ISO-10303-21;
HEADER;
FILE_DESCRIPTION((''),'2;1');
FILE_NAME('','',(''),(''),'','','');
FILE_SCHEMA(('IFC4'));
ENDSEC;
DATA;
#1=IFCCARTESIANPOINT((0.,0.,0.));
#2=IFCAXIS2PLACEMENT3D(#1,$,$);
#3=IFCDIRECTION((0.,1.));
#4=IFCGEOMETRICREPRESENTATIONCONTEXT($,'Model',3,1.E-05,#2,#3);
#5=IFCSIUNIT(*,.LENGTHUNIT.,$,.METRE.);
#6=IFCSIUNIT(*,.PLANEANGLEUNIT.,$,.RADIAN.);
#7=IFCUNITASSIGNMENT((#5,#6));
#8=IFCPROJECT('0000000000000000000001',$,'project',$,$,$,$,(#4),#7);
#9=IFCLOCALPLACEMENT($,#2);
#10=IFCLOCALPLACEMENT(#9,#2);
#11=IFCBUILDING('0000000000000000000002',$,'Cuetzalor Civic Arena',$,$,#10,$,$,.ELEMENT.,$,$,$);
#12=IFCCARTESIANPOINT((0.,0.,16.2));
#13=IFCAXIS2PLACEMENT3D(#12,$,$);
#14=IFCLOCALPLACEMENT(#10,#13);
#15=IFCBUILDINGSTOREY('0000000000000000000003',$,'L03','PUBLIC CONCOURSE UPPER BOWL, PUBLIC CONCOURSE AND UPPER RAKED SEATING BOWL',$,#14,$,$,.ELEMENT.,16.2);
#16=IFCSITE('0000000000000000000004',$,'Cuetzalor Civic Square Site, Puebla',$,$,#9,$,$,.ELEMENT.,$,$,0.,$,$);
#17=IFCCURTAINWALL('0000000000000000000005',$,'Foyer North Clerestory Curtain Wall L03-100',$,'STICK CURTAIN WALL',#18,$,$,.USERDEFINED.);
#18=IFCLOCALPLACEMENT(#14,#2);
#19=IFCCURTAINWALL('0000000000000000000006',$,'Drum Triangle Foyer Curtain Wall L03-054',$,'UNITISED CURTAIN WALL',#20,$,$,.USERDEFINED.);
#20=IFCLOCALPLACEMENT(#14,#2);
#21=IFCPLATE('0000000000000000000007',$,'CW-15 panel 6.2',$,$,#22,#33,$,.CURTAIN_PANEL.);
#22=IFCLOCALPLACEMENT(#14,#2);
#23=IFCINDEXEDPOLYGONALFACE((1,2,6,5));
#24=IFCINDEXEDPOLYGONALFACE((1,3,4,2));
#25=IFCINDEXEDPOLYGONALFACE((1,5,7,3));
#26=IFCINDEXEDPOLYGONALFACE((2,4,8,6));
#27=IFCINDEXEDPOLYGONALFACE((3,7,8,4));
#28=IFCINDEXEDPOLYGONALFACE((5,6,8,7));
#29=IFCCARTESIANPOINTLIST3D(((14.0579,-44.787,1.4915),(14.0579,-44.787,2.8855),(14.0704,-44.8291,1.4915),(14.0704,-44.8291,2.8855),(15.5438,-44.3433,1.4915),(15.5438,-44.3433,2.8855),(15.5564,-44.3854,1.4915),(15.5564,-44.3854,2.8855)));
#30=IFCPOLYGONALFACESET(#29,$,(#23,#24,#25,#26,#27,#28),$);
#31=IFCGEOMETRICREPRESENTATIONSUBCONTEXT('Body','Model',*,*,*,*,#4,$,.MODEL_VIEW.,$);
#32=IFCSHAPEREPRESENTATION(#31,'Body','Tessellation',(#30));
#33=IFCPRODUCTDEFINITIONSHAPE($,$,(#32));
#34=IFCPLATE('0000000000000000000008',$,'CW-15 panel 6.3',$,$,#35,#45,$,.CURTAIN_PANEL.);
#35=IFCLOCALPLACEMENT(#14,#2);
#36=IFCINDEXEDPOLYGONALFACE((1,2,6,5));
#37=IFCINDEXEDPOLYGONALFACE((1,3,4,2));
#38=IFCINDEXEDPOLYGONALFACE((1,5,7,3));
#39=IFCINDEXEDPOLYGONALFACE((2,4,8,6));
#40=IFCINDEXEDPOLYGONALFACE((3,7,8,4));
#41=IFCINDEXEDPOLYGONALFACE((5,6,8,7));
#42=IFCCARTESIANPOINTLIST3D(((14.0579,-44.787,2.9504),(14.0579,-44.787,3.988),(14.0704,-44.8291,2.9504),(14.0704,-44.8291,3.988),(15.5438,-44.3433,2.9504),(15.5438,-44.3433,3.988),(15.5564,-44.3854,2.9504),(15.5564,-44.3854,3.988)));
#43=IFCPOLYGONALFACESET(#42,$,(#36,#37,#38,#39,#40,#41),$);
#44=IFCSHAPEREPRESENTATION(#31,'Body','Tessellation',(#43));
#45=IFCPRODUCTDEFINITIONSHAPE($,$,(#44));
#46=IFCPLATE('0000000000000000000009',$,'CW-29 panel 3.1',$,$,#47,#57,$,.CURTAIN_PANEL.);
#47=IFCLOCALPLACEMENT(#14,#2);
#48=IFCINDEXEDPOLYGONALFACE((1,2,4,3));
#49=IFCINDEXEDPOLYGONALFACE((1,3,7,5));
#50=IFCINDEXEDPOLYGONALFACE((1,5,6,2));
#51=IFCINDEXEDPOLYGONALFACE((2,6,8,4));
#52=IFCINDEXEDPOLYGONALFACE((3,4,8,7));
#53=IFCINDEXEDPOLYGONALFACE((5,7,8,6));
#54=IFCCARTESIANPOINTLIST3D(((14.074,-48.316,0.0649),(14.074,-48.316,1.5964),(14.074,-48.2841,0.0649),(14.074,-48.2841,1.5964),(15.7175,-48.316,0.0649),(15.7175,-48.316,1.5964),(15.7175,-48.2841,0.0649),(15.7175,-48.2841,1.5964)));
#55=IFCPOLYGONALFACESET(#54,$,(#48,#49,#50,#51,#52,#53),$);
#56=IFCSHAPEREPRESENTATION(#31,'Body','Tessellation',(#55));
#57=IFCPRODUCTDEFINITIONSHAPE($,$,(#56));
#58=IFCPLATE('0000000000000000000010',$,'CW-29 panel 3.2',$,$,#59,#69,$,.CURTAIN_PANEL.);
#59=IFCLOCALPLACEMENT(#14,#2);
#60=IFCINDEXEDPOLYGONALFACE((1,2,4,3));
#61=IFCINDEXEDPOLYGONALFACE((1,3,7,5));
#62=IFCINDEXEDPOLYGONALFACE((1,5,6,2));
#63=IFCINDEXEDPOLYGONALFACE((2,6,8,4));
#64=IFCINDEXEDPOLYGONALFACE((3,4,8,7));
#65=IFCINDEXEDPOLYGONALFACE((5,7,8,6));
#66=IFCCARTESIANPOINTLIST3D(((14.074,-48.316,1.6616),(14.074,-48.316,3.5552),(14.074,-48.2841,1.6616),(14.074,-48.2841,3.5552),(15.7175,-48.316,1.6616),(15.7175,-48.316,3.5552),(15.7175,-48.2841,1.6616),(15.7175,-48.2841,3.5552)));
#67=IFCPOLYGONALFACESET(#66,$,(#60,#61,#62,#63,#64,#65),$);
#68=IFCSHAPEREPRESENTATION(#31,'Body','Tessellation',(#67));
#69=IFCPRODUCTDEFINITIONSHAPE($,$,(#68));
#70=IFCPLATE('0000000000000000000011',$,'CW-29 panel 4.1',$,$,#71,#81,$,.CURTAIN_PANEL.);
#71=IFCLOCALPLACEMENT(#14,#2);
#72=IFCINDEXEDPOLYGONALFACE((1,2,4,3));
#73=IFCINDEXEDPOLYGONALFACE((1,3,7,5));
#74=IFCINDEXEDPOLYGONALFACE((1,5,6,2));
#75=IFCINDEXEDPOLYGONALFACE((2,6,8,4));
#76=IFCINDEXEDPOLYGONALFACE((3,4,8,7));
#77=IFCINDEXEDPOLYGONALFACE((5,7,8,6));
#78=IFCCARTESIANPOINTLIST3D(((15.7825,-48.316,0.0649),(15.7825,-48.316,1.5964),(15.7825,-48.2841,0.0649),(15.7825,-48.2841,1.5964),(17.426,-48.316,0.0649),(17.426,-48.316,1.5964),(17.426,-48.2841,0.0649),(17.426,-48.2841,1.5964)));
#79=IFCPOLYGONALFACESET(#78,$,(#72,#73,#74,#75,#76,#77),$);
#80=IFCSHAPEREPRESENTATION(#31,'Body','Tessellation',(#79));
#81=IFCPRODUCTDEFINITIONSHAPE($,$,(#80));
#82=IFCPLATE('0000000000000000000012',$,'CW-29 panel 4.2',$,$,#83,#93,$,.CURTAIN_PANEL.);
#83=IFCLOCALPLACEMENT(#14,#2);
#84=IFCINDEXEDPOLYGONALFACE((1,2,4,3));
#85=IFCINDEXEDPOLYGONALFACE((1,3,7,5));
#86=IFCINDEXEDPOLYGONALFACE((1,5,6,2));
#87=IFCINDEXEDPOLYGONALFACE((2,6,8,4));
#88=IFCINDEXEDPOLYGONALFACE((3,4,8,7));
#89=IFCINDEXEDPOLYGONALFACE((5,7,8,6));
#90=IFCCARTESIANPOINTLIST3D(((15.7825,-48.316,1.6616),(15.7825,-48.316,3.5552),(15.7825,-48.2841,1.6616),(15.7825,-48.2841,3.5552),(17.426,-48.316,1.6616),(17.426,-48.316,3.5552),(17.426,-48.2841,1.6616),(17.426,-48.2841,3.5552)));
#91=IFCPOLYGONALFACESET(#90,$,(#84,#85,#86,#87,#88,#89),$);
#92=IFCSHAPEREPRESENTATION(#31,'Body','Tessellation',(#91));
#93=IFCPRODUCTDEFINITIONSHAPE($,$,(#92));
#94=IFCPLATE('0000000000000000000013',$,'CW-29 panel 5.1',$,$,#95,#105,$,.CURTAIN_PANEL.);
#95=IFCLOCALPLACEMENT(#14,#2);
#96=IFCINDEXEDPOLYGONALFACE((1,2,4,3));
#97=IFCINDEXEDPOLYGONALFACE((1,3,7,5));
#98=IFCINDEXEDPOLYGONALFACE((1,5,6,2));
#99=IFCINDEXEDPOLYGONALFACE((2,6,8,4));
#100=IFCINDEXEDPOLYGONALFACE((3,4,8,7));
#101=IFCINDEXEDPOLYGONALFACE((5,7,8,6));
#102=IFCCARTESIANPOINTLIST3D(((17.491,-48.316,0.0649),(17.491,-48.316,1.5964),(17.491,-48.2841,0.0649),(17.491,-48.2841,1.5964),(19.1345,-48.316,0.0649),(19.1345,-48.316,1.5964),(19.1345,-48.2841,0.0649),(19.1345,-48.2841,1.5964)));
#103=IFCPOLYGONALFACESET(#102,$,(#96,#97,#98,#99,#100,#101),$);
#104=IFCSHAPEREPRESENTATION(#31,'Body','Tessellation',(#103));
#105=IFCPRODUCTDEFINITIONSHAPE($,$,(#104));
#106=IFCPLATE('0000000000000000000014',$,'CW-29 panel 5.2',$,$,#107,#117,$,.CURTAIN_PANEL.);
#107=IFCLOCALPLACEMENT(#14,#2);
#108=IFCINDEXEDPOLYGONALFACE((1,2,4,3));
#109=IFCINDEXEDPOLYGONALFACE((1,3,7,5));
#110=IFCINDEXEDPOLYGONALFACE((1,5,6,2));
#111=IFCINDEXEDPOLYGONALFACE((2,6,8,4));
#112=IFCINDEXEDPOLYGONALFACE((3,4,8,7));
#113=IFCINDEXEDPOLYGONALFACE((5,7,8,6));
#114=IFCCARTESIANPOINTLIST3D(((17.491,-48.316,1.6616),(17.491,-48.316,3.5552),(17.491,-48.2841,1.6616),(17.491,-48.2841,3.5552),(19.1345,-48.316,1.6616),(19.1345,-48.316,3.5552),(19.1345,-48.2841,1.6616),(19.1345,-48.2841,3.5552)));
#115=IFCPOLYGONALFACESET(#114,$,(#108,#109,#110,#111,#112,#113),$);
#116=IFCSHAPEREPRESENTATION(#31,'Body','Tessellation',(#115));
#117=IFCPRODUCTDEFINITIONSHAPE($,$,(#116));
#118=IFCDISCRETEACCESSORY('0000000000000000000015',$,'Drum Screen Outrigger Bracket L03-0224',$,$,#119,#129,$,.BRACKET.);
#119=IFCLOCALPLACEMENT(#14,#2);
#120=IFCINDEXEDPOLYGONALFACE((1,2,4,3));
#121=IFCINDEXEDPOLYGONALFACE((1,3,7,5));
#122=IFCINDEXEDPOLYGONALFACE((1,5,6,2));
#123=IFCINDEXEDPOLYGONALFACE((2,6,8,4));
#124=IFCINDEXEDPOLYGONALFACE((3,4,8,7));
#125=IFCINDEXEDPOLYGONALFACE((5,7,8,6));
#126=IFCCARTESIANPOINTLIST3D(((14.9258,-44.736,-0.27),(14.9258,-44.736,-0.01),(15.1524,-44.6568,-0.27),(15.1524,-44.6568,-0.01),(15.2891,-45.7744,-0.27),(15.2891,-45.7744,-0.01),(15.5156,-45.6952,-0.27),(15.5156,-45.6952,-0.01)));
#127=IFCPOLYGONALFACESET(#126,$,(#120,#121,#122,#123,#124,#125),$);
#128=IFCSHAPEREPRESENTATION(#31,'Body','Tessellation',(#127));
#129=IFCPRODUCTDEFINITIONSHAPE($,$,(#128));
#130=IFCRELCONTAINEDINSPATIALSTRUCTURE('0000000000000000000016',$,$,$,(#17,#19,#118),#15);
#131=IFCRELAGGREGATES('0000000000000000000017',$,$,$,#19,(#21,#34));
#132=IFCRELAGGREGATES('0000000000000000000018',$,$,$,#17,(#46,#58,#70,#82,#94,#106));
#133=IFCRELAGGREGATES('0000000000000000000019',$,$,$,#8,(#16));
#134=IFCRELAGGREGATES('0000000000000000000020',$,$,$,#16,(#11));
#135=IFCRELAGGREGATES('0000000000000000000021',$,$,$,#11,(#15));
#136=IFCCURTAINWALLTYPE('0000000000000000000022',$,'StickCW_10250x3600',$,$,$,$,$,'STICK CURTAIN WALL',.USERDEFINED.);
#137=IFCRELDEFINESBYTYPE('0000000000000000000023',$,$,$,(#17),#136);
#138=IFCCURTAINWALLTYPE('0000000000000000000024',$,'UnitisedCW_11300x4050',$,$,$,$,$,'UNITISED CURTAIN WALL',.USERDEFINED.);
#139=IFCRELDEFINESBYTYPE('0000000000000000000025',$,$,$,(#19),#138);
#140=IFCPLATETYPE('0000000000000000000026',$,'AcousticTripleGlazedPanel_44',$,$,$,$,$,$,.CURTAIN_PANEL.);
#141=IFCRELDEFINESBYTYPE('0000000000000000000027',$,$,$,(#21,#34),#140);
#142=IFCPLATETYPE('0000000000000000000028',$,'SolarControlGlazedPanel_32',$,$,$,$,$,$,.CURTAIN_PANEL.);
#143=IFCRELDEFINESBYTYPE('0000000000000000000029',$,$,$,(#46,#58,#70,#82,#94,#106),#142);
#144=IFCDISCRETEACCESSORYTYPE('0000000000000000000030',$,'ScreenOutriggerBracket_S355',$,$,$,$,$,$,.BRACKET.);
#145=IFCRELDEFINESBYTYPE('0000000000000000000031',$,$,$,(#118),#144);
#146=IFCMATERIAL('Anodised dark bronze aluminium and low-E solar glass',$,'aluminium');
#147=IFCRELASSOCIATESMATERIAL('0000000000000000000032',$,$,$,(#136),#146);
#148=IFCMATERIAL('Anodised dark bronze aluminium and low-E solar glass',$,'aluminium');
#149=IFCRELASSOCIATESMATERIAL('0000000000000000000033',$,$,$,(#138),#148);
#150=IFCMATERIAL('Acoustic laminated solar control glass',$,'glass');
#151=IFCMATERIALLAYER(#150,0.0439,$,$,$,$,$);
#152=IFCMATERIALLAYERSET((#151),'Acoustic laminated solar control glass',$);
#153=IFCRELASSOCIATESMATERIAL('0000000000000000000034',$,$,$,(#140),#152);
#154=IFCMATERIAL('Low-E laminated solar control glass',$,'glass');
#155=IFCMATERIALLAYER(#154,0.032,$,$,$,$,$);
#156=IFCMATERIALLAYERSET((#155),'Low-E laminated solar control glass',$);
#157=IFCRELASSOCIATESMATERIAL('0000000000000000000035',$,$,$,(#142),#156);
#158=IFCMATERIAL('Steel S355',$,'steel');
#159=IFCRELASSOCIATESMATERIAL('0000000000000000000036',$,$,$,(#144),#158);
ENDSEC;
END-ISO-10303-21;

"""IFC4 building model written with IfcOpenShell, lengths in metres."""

from ifc_helpers import new_model, si_unit, direction, frame, origin, origin_2d, place, context, subcontext, project, spatial, rectangle, extrude, material, layer, layer_set, type_object, element, aggregate, save


model = new_model("IFC4")

# Units and contexts
model_context = context("Model", 3, precision=1e-05, world=origin(), true_north=direction((0.0, 1.0)))
body_context = subcontext(model_context, "Body", "Model", "MODEL_VIEW")
ifc_project = project(units=[si_unit("LENGTHUNIT", "METRE"), si_unit("PLANEANGLEUNIT", "RADIAN")], contexts=[model_context])

# Site, building, storey
site_placement = place(None, origin())
site = spatial("IfcSite", under=ifc_project, at=site_placement, Name="Cuetzalor Civic Square Site, Puebla", CompositionType="ELEMENT", RefElevation=0.0)
building_placement = place(site_placement, origin())
building = spatial("IfcBuilding", under=site, at=building_placement, Name="Cuetzalor Civic Arena", CompositionType="ELEMENT")
storey_placement = place(building_placement, frame((0.0, 0.0, 16.2)))
storey = spatial("IfcBuildingStorey", under=building, at=storey_placement, Name="L03", Description="PUBLIC CONCOURSE UPPER BOWL, PUBLIC CONCOURSE AND UPPER RAKED SEATING BOWL", CompositionType="ELEMENT", Elevation=16.2)

# Curtain walls
ifc_material_1 = material(Name="Anodised dark bronze aluminium and low-E solar glass", Category="aluminium")
curtain_wall_type_1 = type_object("IfcCurtainWallType", Name="StickCW_10250x3600", ElementType="STICK CURTAIN WALL", PredefinedType="USERDEFINED", material=ifc_material_1)
curtain_wall_1_placement = place(storey_placement, origin())
curtain_wall_1 = element("IfcCurtainWall", 1, at=curtain_wall_1_placement, inside=storey, type_object=curtain_wall_type_1, Name="Foyer North Clerestory Curtain Wall L03-100", ObjectType="STICK CURTAIN WALL", PredefinedType="USERDEFINED")
ifc_material_2 = material(Name="Anodised dark bronze aluminium and low-E solar glass", Category="aluminium")
curtain_wall_type_2 = type_object("IfcCurtainWallType", Name="UnitisedCW_11300x4050", ElementType="UNITISED CURTAIN WALL", PredefinedType="USERDEFINED", material=ifc_material_2)
curtain_wall_2_placement = place(storey_placement, origin())
curtain_wall_2 = element("IfcCurtainWall", 2, at=curtain_wall_2_placement, inside=storey, type_object=curtain_wall_type_2, Name="Drum Triangle Foyer Curtain Wall L03-054", ObjectType="UNITISED CURTAIN WALL", PredefinedType="USERDEFINED")

# Plates
ifc_material_3 = material(Name="Acoustic laminated solar control glass", Category="glass")
ifc_layer_1 = layer(ifc_material_3, 0.0439)
ifc_layer_set_1 = layer_set([ifc_layer_1], Name="Acoustic laminated solar control glass")
plate_type_1 = type_object("IfcPlateType", Name="AcousticTripleGlazedPanel_44", PredefinedType="CURTAIN_PANEL", material=ifc_layer_set_1)
plate_1_placement = place(storey_placement, frame((14.8071, -44.5862, 1.4915), z_axis=(0.0, 0.0, 1.0), x_axis=(-0.958194, -0.28612, 0.0)))
plate_1 = element("IfcPlate", 3, at=plate_1_placement, type_object=plate_type_1, Name="CW-15 panel 6.2", PredefinedType="CURTAIN_PANEL", context=body_context, shape_type="SweptSolid", body=[
    extrude(rectangle(XDim=1.5508, YDim=0.0439, at=origin_2d()), origin(), (0.0, 0.0, 1.0), 1.394),
])
plate_2_placement = place(storey_placement, frame((14.8071, -44.5862, 2.9504), z_axis=(0.0, 0.0, 1.0), x_axis=(-0.958194, -0.28612, 0.0)))
plate_2 = element("IfcPlate", 4, at=plate_2_placement, type_object=plate_type_1, Name="CW-15 panel 6.3", PredefinedType="CURTAIN_PANEL", context=body_context, shape_type="SweptSolid", body=[
    extrude(rectangle(XDim=1.5508, YDim=0.0439, at=origin_2d()), origin(), (0.0, 0.0, 1.0), 1.0376),
])
aggregate(curtain_wall_2, [plate_1, plate_2])
ifc_material_4 = material(Name="Low-E laminated solar control glass", Category="glass")
ifc_layer_2 = layer(ifc_material_4, 0.032)
ifc_layer_set_2 = layer_set([ifc_layer_2], Name="Low-E laminated solar control glass")
plate_type_2 = type_object("IfcPlateType", Name="SolarControlGlazedPanel_32", PredefinedType="CURTAIN_PANEL", material=ifc_layer_set_2)
plate_3_placement = place(storey_placement, frame((14.8958, -48.3, 0.0649), z_axis=(0.0, 0.0, 1.0), x_axis=(1.0, 0.0, 0.0)))
plate_3 = element("IfcPlate", 5, at=plate_3_placement, type_object=plate_type_2, Name="CW-29 panel 3.1", PredefinedType="CURTAIN_PANEL", context=body_context, shape_type="SweptSolid", body=[
    extrude(rectangle(XDim=1.6436, YDim=0.032, at=origin_2d()), origin(), (0.0, 0.0, 1.0), 1.5315),
])
plate_4_placement = place(storey_placement, frame((14.8958, -48.3, 1.6616), z_axis=(0.0, 0.0, 1.0), x_axis=(1.0, 0.0, 0.0)))
plate_4 = element("IfcPlate", 6, at=plate_4_placement, type_object=plate_type_2, Name="CW-29 panel 3.2", PredefinedType="CURTAIN_PANEL", context=body_context, shape_type="SweptSolid", body=[
    extrude(rectangle(XDim=1.6436, YDim=0.032, at=origin_2d()), origin(), (0.0, 0.0, 1.0), 1.8936),
])
plate_5_placement = place(storey_placement, frame((16.6042, -48.3, 0.0649), z_axis=(0.0, 0.0, 1.0), x_axis=(1.0, 0.0, 0.0)))
plate_5 = element("IfcPlate", 7, at=plate_5_placement, type_object=plate_type_2, Name="CW-29 panel 4.1", PredefinedType="CURTAIN_PANEL", context=body_context, shape_type="SweptSolid", body=[
    extrude(rectangle(XDim=1.6436, YDim=0.032, at=origin_2d()), origin(), (0.0, 0.0, 1.0), 1.5315),
])
plate_6_placement = place(storey_placement, frame((16.6042, -48.3, 1.6616), z_axis=(0.0, 0.0, 1.0), x_axis=(1.0, 0.0, 0.0)))
plate_6 = element("IfcPlate", 8, at=plate_6_placement, type_object=plate_type_2, Name="CW-29 panel 4.2", PredefinedType="CURTAIN_PANEL", context=body_context, shape_type="SweptSolid", body=[
    extrude(rectangle(XDim=1.6436, YDim=0.032, at=origin_2d()), origin(), (0.0, 0.0, 1.0), 1.8936),
])
plate_7_placement = place(storey_placement, frame((18.3127, -48.3, 0.0649), z_axis=(0.0, 0.0, 1.0), x_axis=(1.0, 0.0, 0.0)))
plate_7 = element("IfcPlate", 9, at=plate_7_placement, type_object=plate_type_2, Name="CW-29 panel 5.1", PredefinedType="CURTAIN_PANEL", context=body_context, shape_type="SweptSolid", body=[
    extrude(rectangle(XDim=1.6436, YDim=0.032, at=origin_2d()), origin(), (0.0, 0.0, 1.0), 1.5315),
])
plate_8_placement = place(storey_placement, frame((18.3127, -48.3, 1.6616), z_axis=(0.0, 0.0, 1.0), x_axis=(1.0, 0.0, 0.0)))
plate_8 = element("IfcPlate", 10, at=plate_8_placement, type_object=plate_type_2, Name="CW-29 panel 5.2", PredefinedType="CURTAIN_PANEL", context=body_context, shape_type="SweptSolid", body=[
    extrude(rectangle(XDim=1.6436, YDim=0.032, at=origin_2d()), origin(), (0.0, 0.0, 1.0), 1.8936),
])
aggregate(curtain_wall_1, [plate_3, plate_4, plate_5, plate_6, plate_7, plate_8])

# Discrete accessory
ifc_material_5 = material(Name="Steel S355", Category="steel")
discrete_accessory_type = type_object("IfcDiscreteAccessoryType", Name="ScreenOutriggerBracket_S355", PredefinedType="BRACKET", material=ifc_material_5)
discrete_accessory_placement = place(storey_placement, frame((15.2207, -45.2156, -0.27), z_axis=(0.0, 0.0, 1.0), x_axis=(0.330185, -0.943916, 0.0)))
element("IfcDiscreteAccessory", 11, at=discrete_accessory_placement, inside=storey, type_object=discrete_accessory_type, Name="Drum Screen Outrigger Bracket L03-0224", PredefinedType="BRACKET", context=body_context, shape_type="SweptSolid", body=[
    extrude(rectangle(XDim=1.1001, YDim=0.24, at=origin_2d()), origin(), (0.0, 0.0, 1.0), 0.26),
])

save(model, "model.ifc")
